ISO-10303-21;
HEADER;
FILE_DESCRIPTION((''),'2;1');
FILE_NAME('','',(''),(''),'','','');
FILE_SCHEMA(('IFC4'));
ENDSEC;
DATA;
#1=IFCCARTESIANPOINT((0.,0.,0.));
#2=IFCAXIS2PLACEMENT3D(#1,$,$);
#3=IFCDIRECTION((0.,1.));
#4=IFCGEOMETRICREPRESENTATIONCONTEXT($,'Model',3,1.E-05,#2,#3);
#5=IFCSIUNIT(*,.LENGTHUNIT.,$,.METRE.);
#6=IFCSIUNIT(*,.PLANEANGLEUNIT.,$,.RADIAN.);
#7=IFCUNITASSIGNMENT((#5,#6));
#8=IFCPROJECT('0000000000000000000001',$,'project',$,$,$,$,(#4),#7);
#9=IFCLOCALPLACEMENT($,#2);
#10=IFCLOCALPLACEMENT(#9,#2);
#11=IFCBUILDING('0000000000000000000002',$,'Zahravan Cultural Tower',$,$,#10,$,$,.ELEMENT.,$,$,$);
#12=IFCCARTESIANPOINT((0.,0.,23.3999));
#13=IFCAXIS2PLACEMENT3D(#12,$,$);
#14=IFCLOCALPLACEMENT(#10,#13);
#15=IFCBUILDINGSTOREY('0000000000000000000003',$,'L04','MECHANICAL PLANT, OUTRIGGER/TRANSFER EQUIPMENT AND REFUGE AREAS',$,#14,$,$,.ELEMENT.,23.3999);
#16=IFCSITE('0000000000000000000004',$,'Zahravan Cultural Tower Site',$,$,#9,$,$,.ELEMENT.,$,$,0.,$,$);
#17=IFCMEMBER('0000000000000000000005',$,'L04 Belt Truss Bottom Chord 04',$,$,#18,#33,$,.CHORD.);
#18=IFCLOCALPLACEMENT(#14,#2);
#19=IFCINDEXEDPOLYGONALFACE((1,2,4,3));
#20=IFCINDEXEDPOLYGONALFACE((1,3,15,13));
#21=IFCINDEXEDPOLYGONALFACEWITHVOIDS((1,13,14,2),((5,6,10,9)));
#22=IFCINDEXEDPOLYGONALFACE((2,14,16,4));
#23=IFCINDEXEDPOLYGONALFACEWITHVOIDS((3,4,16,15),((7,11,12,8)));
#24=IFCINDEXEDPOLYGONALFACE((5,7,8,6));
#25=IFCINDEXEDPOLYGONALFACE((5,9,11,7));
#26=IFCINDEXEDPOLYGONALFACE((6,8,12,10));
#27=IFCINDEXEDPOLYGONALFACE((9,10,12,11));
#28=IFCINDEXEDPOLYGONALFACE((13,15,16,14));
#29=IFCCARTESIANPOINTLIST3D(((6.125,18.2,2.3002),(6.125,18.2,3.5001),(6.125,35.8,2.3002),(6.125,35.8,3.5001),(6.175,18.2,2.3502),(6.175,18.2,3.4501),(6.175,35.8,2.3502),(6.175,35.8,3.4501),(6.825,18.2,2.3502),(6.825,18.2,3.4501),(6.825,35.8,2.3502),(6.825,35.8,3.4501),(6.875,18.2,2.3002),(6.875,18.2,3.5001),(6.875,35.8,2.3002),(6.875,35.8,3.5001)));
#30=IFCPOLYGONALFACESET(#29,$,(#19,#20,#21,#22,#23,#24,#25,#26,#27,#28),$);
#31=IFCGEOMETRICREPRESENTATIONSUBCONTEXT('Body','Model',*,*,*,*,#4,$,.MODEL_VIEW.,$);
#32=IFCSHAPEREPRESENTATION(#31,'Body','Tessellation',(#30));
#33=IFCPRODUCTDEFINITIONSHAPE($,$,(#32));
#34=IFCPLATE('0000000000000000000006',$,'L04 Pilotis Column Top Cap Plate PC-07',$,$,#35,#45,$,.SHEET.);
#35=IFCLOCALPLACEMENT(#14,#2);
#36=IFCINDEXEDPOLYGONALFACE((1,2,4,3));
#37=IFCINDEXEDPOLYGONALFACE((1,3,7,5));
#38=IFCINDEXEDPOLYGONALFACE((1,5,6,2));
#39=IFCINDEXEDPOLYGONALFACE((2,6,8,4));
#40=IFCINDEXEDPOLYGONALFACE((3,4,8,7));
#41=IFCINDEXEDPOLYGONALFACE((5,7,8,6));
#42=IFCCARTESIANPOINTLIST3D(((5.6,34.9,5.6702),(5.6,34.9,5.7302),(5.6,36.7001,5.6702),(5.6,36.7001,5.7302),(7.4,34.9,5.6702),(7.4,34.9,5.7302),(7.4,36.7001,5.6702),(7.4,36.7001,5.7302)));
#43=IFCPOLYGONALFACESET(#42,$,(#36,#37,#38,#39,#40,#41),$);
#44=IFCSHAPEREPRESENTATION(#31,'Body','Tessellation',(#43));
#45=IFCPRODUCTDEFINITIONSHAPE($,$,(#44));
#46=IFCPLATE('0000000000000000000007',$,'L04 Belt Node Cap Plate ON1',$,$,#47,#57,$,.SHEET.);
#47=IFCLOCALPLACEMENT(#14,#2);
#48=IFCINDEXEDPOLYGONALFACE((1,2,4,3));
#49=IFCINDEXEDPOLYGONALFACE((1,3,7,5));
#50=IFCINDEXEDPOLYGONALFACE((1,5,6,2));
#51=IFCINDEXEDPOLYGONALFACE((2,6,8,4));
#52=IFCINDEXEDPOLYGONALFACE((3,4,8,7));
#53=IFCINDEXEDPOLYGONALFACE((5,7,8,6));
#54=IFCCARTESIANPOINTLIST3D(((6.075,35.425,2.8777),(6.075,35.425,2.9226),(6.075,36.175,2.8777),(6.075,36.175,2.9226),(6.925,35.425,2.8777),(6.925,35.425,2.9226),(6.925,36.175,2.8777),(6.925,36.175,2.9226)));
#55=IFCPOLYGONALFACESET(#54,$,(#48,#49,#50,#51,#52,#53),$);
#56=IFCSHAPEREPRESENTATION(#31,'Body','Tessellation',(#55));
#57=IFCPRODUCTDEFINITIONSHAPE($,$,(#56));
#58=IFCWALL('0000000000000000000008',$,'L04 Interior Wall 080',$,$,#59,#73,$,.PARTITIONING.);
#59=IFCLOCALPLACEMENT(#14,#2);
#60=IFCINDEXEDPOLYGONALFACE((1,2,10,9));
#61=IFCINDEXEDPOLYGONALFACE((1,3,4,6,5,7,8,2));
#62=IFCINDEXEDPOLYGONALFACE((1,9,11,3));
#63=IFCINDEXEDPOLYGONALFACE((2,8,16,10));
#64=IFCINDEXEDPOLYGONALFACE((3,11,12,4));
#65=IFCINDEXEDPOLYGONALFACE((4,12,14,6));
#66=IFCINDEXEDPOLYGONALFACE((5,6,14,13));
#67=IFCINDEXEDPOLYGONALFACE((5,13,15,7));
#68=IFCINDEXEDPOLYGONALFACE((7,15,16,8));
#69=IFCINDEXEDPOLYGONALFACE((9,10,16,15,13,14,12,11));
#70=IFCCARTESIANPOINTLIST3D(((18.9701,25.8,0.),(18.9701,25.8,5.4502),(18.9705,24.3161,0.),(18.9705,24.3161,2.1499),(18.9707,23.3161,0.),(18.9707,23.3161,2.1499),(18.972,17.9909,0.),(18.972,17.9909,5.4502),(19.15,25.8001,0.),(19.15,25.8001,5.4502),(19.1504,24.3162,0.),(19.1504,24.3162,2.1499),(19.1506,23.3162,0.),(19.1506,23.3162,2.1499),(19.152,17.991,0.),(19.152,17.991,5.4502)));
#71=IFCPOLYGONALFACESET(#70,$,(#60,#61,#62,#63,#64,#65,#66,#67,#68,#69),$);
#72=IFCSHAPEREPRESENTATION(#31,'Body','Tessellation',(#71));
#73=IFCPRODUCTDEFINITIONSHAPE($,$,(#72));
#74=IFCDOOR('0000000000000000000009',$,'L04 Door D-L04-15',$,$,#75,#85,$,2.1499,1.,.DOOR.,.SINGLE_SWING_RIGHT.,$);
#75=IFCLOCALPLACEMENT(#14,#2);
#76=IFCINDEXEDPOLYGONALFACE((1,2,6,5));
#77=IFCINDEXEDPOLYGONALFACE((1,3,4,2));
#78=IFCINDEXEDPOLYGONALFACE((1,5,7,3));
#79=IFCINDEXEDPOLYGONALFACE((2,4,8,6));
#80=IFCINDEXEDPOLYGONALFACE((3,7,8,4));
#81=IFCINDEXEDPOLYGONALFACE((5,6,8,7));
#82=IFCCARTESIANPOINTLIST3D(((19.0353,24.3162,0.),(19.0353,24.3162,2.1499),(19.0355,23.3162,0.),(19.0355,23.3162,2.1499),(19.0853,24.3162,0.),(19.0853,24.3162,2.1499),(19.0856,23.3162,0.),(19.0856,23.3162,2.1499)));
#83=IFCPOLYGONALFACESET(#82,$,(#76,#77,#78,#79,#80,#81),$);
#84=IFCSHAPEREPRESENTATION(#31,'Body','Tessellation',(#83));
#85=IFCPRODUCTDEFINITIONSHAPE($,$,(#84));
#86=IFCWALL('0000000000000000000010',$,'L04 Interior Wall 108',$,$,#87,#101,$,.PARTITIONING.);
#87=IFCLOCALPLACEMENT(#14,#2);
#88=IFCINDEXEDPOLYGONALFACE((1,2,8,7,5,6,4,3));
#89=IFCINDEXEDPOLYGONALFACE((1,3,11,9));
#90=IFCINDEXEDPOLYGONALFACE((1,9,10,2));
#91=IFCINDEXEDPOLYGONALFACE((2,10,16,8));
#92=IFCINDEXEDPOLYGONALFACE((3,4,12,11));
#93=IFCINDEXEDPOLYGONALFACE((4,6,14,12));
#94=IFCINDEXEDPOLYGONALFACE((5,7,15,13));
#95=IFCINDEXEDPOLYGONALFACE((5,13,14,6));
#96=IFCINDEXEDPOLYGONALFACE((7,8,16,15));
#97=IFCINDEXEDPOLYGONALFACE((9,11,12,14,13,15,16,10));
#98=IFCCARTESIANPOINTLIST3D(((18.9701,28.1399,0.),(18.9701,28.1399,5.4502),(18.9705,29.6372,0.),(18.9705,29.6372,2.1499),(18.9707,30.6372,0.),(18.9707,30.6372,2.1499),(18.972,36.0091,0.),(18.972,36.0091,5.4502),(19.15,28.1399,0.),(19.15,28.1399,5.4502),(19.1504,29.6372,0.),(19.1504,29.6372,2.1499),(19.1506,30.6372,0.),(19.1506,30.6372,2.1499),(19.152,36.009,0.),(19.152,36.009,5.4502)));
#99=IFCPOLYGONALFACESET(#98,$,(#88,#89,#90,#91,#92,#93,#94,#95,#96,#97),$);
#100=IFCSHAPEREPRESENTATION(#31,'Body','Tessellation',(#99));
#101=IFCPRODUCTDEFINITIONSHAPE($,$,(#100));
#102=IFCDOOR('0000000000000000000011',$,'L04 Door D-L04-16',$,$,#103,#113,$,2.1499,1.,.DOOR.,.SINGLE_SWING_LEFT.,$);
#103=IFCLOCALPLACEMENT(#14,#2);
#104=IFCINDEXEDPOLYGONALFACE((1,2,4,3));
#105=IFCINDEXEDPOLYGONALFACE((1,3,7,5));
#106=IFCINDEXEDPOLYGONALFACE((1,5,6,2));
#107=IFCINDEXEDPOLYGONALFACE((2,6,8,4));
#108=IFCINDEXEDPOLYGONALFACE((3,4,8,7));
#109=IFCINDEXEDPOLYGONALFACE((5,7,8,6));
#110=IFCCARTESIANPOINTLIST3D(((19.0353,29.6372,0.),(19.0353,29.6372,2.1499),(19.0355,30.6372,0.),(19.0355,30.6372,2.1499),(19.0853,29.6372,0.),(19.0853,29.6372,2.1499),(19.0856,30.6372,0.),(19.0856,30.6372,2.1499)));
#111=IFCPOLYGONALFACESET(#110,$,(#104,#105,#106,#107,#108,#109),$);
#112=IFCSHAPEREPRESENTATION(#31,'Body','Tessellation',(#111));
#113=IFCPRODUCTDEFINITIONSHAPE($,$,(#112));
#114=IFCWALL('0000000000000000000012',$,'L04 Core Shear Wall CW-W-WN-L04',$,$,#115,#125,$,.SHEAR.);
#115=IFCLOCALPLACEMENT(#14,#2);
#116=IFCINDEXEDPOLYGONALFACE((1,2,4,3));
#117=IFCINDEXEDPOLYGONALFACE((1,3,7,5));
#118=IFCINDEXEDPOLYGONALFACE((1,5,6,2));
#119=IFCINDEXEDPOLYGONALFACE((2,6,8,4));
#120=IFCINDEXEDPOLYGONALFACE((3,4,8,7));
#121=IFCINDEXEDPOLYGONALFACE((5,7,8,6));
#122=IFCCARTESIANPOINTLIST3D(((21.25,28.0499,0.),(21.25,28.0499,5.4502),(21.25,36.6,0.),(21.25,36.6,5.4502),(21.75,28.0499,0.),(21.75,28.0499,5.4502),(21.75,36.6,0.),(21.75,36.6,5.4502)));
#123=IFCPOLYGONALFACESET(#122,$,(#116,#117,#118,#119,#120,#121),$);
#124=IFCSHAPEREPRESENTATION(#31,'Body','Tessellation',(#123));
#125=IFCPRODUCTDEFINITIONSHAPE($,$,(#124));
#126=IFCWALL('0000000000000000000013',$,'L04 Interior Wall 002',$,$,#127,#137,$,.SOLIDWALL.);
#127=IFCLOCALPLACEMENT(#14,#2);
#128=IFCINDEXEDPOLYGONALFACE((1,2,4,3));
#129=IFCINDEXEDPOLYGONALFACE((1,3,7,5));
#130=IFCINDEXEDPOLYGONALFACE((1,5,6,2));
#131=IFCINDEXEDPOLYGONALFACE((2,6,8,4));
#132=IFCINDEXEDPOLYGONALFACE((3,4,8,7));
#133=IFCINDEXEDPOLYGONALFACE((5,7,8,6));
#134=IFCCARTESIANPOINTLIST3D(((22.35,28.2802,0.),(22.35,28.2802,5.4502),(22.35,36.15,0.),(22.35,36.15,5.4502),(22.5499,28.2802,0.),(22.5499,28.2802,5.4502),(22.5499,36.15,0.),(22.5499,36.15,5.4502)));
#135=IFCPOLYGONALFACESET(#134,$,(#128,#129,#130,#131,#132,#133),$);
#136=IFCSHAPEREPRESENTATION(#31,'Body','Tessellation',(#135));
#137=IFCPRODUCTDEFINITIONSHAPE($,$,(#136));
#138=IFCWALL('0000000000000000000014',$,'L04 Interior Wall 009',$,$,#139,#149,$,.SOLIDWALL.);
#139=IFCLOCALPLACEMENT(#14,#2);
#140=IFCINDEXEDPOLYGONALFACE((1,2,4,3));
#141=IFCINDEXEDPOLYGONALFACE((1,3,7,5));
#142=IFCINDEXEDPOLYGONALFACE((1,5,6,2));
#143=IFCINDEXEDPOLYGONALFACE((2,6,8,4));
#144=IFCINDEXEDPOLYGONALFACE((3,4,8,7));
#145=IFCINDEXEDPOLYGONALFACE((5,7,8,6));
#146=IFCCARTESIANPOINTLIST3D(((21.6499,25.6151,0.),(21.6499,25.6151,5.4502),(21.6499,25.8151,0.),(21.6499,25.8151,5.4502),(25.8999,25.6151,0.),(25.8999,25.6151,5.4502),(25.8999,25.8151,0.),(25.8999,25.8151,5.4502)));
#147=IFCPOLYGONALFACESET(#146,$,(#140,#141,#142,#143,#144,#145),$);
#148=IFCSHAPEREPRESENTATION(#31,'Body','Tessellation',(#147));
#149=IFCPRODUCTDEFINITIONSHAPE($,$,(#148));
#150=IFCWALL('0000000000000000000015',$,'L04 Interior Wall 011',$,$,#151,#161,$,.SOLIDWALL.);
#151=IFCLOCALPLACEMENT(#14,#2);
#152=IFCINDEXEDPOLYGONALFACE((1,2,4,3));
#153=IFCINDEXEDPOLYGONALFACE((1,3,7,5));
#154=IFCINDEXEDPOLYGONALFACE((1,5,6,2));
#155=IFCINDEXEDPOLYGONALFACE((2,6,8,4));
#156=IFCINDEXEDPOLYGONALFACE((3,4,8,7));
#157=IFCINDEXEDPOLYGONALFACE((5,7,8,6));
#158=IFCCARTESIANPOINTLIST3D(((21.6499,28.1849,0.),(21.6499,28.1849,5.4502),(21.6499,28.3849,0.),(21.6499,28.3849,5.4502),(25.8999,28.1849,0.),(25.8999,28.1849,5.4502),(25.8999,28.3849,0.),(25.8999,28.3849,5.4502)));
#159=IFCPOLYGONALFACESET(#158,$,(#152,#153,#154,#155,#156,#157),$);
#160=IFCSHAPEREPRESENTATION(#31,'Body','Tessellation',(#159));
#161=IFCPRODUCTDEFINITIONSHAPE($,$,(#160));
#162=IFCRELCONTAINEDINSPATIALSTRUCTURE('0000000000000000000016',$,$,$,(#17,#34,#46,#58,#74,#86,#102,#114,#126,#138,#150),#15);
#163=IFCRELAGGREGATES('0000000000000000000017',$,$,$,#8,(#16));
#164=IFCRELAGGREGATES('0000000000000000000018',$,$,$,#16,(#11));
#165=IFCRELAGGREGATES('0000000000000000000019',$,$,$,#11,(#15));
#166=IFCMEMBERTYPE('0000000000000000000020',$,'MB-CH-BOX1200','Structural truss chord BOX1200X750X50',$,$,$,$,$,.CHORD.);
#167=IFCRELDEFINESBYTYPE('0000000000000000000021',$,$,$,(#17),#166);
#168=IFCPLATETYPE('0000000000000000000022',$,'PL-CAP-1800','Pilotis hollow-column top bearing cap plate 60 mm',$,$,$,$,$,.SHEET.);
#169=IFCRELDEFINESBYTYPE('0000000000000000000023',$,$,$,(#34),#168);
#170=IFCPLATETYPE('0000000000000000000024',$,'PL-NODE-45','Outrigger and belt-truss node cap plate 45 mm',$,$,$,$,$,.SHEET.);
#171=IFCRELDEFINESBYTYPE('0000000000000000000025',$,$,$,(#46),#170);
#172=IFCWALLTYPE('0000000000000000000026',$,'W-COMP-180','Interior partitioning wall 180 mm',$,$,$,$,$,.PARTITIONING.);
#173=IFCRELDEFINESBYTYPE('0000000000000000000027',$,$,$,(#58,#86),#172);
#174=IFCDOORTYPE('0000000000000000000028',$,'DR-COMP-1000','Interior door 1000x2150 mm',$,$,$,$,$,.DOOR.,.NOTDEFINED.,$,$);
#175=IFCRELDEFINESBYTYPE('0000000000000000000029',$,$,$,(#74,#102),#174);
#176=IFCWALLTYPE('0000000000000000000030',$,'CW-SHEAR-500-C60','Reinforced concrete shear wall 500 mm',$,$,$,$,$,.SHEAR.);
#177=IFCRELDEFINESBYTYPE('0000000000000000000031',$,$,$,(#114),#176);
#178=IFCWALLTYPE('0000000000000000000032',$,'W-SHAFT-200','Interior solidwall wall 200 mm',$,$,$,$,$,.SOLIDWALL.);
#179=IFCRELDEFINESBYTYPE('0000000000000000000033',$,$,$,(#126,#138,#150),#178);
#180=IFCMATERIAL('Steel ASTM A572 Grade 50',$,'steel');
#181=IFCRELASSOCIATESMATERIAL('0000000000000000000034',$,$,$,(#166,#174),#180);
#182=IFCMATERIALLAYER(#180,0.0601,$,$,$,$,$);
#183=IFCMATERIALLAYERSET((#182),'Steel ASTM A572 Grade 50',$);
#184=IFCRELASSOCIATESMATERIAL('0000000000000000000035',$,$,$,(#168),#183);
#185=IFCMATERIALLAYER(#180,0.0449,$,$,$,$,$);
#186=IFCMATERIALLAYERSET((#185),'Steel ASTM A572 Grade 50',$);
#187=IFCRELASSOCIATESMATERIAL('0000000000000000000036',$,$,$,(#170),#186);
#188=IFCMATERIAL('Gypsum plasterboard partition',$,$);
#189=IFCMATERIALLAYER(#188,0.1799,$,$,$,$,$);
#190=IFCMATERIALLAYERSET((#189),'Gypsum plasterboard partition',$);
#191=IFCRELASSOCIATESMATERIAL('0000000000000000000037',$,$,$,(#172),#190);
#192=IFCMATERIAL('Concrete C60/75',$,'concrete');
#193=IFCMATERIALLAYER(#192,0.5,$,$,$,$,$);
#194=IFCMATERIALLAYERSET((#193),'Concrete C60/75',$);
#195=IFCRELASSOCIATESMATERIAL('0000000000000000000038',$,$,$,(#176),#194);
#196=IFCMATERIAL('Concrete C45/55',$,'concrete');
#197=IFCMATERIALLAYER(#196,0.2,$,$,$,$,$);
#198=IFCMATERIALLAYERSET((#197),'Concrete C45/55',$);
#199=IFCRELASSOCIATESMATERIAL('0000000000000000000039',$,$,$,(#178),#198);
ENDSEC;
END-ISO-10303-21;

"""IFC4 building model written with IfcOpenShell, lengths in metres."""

from ifc_helpers import new_model, si_unit, direction, frame, frame_2d, origin, origin_2d, place, context, subcontext, project, spatial, rectangle, hollow_rectangle, extrude, source, transform, mapped, material, layer, layer_set, material_profile, profile_set, type_object, element, fill, save


model = new_model("IFC4")

# Units and contexts
model_context = context("Model", 3, precision=1e-05, world=origin(), true_north=direction((0.0, 1.0)))
body_context = subcontext(model_context, "Body", "Model", "MODEL_VIEW")
ifc_project = project(units=[si_unit("LENGTHUNIT", "METRE"), si_unit("PLANEANGLEUNIT", "RADIAN")], contexts=[model_context])

# Site, building, storey
site_placement = place(None, origin())
site = spatial("IfcSite", under=ifc_project, at=site_placement, Name="Zahravan Cultural Tower Site", CompositionType="ELEMENT", RefElevation=0.0)
building_placement = place(site_placement, origin())
building = spatial("IfcBuilding", under=site, at=building_placement, Name="Zahravan Cultural Tower", CompositionType="ELEMENT")
storey_placement = place(building_placement, frame((0.0, 0.0, 23.3999)))
storey = spatial("IfcBuildingStorey", under=building, at=storey_placement, Name="L04", Description="MECHANICAL PLANT, OUTRIGGER/TRANSFER EQUIPMENT AND REFUGE AREAS", CompositionType="ELEMENT", Elevation=23.3999)

# Shared definitions
ifc_material_1 = material(Name="Steel ASTM A572 Grade 50", Category="steel")

# Member
ifc_material_profile_1 = material_profile(ifc_material_1, hollow_rectangle(XDim=0.75, YDim=1.2, WallThickness=0.05, at=origin_2d()), Name="BOX1200X750X50")
ifc_profile_set_1 = profile_set([ifc_material_profile_1], Name="Steel ASTM A572 Grade 50")
member_type_1 = type_object("IfcMemberType", Name="MB-CH-BOX1200", Description="Structural truss chord BOX1200X750X50", PredefinedType="CHORD", material=ifc_profile_set_1)
shared_shape_1 = source(origin(), body_context, "Body", "SweptSolid", [
    extrude(hollow_rectangle(XDim=0.75, YDim=1.2, WallThickness=0.05, at=origin_2d()), origin(), (0.0, 0.0, 1.0), 17.6001),
])
member_1_placement = place(storey_placement, frame((6.5, 35.8, 2.9001), z_axis=(0.0, -1.0, 0.0), x_axis=(1.0, 0.0, 0.0)))
element("IfcMember", 1, at=member_1_placement, inside=storey, type_object=member_type_1, Name="L04 Belt Truss Bottom Chord 04", PredefinedType="CHORD", context=body_context, shape_type="MappedRepresentation", body=[
    mapped(shared_shape_1, transform((0.0, 0.0, 0.0), x_axis=(1.0, 0.0, 0.0), y_axis=(0.0, 1.0, 0.0), z_axis=(0.0, 0.0, 1.0), scale=1.0)),
])

# Plates
ifc_layer_1 = layer(ifc_material_1, 0.0601)
ifc_layer_set_1 = layer_set([ifc_layer_1], Name="Steel ASTM A572 Grade 50")
plate_type_1 = type_object("IfcPlateType", Name="PL-CAP-1800", Description="Pilotis hollow-column top bearing cap plate 60 mm", PredefinedType="SHEET", material=ifc_layer_set_1)
shared_shape_2 = source(origin(), body_context, "Body", "SweptSolid", [
    extrude(rectangle(XDim=1.8, YDim=1.8, at=origin_2d()), origin(), (0.0, 0.0, 1.0), 0.0601),
])
plate_1_placement = place(storey_placement, frame((6.5, 35.8, 5.6702), z_axis=(0.0, 0.0, 1.0), x_axis=(1.0, 0.0, 0.0)))
element("IfcPlate", 2, at=plate_1_placement, inside=storey, type_object=plate_type_1, Name="L04 Pilotis Column Top Cap Plate PC-07", PredefinedType="SHEET", context=body_context, shape_type="MappedRepresentation", body=[
    mapped(shared_shape_2, transform((0.0, 0.0, 0.0), x_axis=(1.0, 0.0, 0.0), y_axis=(0.0, 1.0, 0.0), z_axis=(0.0, 0.0, 1.0), scale=1.0)),
])
ifc_layer_2 = layer(ifc_material_1, 0.0449)
ifc_layer_set_2 = layer_set([ifc_layer_2], Name="Steel ASTM A572 Grade 50")
plate_type_2 = type_object("IfcPlateType", Name="PL-NODE-45", Description="Outrigger and belt-truss node cap plate 45 mm", PredefinedType="SHEET", material=ifc_layer_set_2)
shared_shape_3 = source(origin(), body_context, "Body", "SweptSolid", [
    extrude(rectangle(XDim=0.8501, YDim=0.75, at=origin_2d()), origin(), (0.0, 0.0, 1.0), 0.0449),
])
plate_2_placement = place(storey_placement, frame((6.5, 35.8, 2.8777), z_axis=(0.0, 0.0, 1.0), x_axis=(1.0, 0.0, 0.0)))
element("IfcPlate", 3, at=plate_2_placement, inside=storey, type_object=plate_type_2, Name="L04 Belt Node Cap Plate ON1", PredefinedType="SHEET", context=body_context, shape_type="MappedRepresentation", body=[
    mapped(shared_shape_3, transform((0.0, 0.0, 0.0), x_axis=(1.0, 0.0, 0.0), y_axis=(0.0, 1.0, 0.0), z_axis=(0.0, 0.0, 1.0), scale=1.0)),
])

# Walls, openings, doors
ifc_material_2 = material(Name="Gypsum plasterboard partition")
ifc_layer_3 = layer(ifc_material_2, 0.1799)
ifc_layer_set_3 = layer_set([ifc_layer_3], Name="Gypsum plasterboard partition")
wall_type_1 = type_object("IfcWallType", Name="W-COMP-180", Description="Interior partitioning wall 180 mm", PredefinedType="PARTITIONING", material=ifc_layer_set_3)
wall_1_placement = place(storey_placement, frame((19.0601, 25.8, 0.0), z_axis=(0.0, 0.0, 1.0), x_axis=(0.00025, -1.0, 0.0)))
wall_1 = element("IfcWall", 4, at=wall_1_placement, inside=storey, type_object=wall_type_1, Name="L04 Interior Wall 080", PredefinedType="PARTITIONING", context=body_context, shape_type="SweptSolid", body=[
    extrude(rectangle(XDim=7.8091, YDim=0.1799, at=frame_2d((3.9045, 0.0))), origin(), (0.0, 0.0, 1.0), 5.4502),
])
opening_1_placement = place(wall_1_placement, frame((1.4839, 0.0, 0.0)))
opening_1 = element("IfcOpeningElement", 5, at=opening_1_placement, cuts=wall_1, PredefinedType="OPENING", context=body_context, shape_type="SweptSolid", body=[
    extrude(rectangle(XDim=1.0, YDim=2.1499, at=frame_2d((0.5, 1.075))), frame((0.0, 0.0999, 0.0), z_axis=(0.0, -1.0, 0.0), x_axis=(1.0, 0.0, 0.0)), (0.0, 0.0, 1.0), 0.2),
])
door_type = type_object("IfcDoorType", Name="DR-COMP-1000", Description="Interior door 1000x2150 mm", OperationType="NOTDEFINED", PredefinedType="DOOR", material=ifc_material_1)
shared_shape_4 = source(origin(), body_context, "Body", "SweptSolid", [
    extrude(rectangle(XDim=1.0, YDim=2.1499, at=frame_2d((0.5, 1.075))), frame((0.0, 0.0249, 0.0), z_axis=(0.0, -1.0, 0.0), x_axis=(1.0, 0.0, 0.0)), (0.0, 0.0, 1.0), 0.05),
])
door_1_placement = place(opening_1_placement, origin())
door_1 = element("IfcDoor", 6, at=door_1_placement, inside=storey, type_object=door_type, Name="L04 Door D-L04-15", OperationType="SINGLE_SWING_RIGHT", OverallHeight=2.1499, OverallWidth=1.0, PredefinedType="DOOR", context=body_context, shape_type="MappedRepresentation", body=[
    mapped(shared_shape_4, transform((0.0, 0.0, 0.0), x_axis=(1.0, 0.0, 0.0), y_axis=(0.0, 1.0, 0.0), z_axis=(0.0, 0.0, 1.0), scale=1.0)),
])
fill(opening_1, door_1)
wall_2_placement = place(storey_placement, frame((19.062, 36.009, 0.0), z_axis=(0.0, 0.0, 1.0), x_axis=(-0.000248, -1.0, 0.0)))
wall_2 = element("IfcWall", 7, at=wall_2_placement, inside=storey, type_object=wall_type_1, Name="L04 Interior Wall 108", PredefinedType="PARTITIONING", context=body_context, shape_type="SweptSolid", body=[
    extrude(rectangle(XDim=7.8691, YDim=0.1799, at=frame_2d((3.9346, 0.0))), origin(), (0.0, 0.0, 1.0), 5.4502),
])
opening_2_placement = place(wall_2_placement, frame((5.3718, 0.0, 0.0)))
opening_2 = element("IfcOpeningElement", 8, at=opening_2_placement, cuts=wall_2, PredefinedType="OPENING", context=body_context, shape_type="SweptSolid", body=[
    extrude(rectangle(XDim=1.0, YDim=2.1499, at=frame_2d((0.5, 1.075))), frame((0.0, 0.0999, 0.0), z_axis=(0.0, -1.0, 0.0), x_axis=(1.0, 0.0, 0.0)), (0.0, 0.0, 1.0), 0.2),
])
door_2_placement = place(opening_2_placement, origin())
door_2 = element("IfcDoor", 9, at=door_2_placement, inside=storey, type_object=door_type, Name="L04 Door D-L04-16", OperationType="SINGLE_SWING_LEFT", OverallHeight=2.1499, OverallWidth=1.0, PredefinedType="DOOR", context=body_context, shape_type="MappedRepresentation", body=[
    mapped(shared_shape_4, transform((0.0, 0.0, 0.0), x_axis=(1.0, 0.0, 0.0), y_axis=(0.0, 1.0, 0.0), z_axis=(0.0, 0.0, 1.0), scale=1.0)),
])
fill(opening_2, door_2)

# Walls
ifc_material_3 = material(Name="Concrete C60/75", Category="concrete")
ifc_layer_4 = layer(ifc_material_3, 0.5)
ifc_layer_set_4 = layer_set([ifc_layer_4], Name="Concrete C60/75")
wall_type_2 = type_object("IfcWallType", Name="CW-SHEAR-500-C60", Description="Reinforced concrete shear wall 500 mm", PredefinedType="SHEAR", material=ifc_layer_set_4)
shared_shape_5 = source(origin(), body_context, "Body", "SweptSolid", [
    extrude(rectangle(XDim=8.55, YDim=0.5, at=frame_2d((4.2749, 0.0))), origin(), (0.0, 0.0, 1.0), 5.4502),
])
wall_3_placement = place(storey_placement, frame((21.5, 28.05, 0.0), z_axis=(0.0, 0.0, 1.0), x_axis=(0.0, 1.0, 0.0)))
element("IfcWall", 10, at=wall_3_placement, inside=storey, type_object=wall_type_2, Name="L04 Core Shear Wall CW-W-WN-L04", PredefinedType="SHEAR", context=body_context, shape_type="MappedRepresentation", body=[
    mapped(shared_shape_5, transform((0.0, 0.0, 0.0), x_axis=(1.0, 0.0, 0.0), y_axis=(0.0, 1.0, 0.0), z_axis=(0.0, 0.0, 1.0), scale=1.0)),
])
ifc_material_4 = material(Name="Concrete C45/55", Category="concrete")
ifc_layer_5 = layer(ifc_material_4, 0.2)
ifc_layer_set_5 = layer_set([ifc_layer_5], Name="Concrete C45/55")
wall_type_3 = type_object("IfcWallType", Name="W-SHAFT-200", Description="Interior solidwall wall 200 mm", PredefinedType="SOLIDWALL", material=ifc_layer_set_5)
shared_shape_6 = source(origin(), body_context, "Body", "SweptSolid", [
    extrude(rectangle(XDim=7.8699, YDim=0.2, at=frame_2d((3.9351, 0.0))), origin(), (0.0, 0.0, 1.0), 5.4502),
])
wall_4_placement = place(storey_placement, frame((22.45, 28.28, 0.0), z_axis=(0.0, 0.0, 1.0), x_axis=(0.0, 1.0, 0.0)))
element("IfcWall", 11, at=wall_4_placement, inside=storey, type_object=wall_type_3, Name="L04 Interior Wall 002", PredefinedType="SOLIDWALL", context=body_context, shape_type="MappedRepresentation", body=[
    mapped(shared_shape_6, transform((0.0, 0.0, 0.0), x_axis=(1.0, 0.0, 0.0), y_axis=(0.0, 1.0, 0.0), z_axis=(0.0, 0.0, 1.0), scale=1.0)),
])
shared_shape_7 = source(origin(), body_context, "Body", "SweptSolid", [
    extrude(rectangle(XDim=4.25, YDim=0.2, at=frame_2d((2.125, 0.0))), origin(), (0.0, 0.0, 1.0), 5.4502),
])
for number, where, z_axis, x_axis, name in (
    (12, (21.6499, 25.7151, 0.0), (0.0, 0.0, 1.0), (1.0, 0.0, 0.0), "L04 Interior Wall 009"),
    (13, (21.6499, 28.2849, 0.0), (0.0, 0.0, 1.0), (1.0, 0.0, 0.0), "L04 Interior Wall 011"),
):
    element("IfcWall", number, at=place(storey_placement, frame(where, z_axis=z_axis, x_axis=x_axis)), inside=storey, type_object=wall_type_3, Name=name, PredefinedType="SOLIDWALL", context=body_context, shape_type="MappedRepresentation", body=[
        mapped(shared_shape_7, transform((0.0, 0.0, 0.0), x_axis=(1.0, 0.0, 0.0), y_axis=(0.0, 1.0, 0.0), z_axis=(0.0, 0.0, 1.0), scale=1.0)),
    ])

save(model, "model.ifc")
